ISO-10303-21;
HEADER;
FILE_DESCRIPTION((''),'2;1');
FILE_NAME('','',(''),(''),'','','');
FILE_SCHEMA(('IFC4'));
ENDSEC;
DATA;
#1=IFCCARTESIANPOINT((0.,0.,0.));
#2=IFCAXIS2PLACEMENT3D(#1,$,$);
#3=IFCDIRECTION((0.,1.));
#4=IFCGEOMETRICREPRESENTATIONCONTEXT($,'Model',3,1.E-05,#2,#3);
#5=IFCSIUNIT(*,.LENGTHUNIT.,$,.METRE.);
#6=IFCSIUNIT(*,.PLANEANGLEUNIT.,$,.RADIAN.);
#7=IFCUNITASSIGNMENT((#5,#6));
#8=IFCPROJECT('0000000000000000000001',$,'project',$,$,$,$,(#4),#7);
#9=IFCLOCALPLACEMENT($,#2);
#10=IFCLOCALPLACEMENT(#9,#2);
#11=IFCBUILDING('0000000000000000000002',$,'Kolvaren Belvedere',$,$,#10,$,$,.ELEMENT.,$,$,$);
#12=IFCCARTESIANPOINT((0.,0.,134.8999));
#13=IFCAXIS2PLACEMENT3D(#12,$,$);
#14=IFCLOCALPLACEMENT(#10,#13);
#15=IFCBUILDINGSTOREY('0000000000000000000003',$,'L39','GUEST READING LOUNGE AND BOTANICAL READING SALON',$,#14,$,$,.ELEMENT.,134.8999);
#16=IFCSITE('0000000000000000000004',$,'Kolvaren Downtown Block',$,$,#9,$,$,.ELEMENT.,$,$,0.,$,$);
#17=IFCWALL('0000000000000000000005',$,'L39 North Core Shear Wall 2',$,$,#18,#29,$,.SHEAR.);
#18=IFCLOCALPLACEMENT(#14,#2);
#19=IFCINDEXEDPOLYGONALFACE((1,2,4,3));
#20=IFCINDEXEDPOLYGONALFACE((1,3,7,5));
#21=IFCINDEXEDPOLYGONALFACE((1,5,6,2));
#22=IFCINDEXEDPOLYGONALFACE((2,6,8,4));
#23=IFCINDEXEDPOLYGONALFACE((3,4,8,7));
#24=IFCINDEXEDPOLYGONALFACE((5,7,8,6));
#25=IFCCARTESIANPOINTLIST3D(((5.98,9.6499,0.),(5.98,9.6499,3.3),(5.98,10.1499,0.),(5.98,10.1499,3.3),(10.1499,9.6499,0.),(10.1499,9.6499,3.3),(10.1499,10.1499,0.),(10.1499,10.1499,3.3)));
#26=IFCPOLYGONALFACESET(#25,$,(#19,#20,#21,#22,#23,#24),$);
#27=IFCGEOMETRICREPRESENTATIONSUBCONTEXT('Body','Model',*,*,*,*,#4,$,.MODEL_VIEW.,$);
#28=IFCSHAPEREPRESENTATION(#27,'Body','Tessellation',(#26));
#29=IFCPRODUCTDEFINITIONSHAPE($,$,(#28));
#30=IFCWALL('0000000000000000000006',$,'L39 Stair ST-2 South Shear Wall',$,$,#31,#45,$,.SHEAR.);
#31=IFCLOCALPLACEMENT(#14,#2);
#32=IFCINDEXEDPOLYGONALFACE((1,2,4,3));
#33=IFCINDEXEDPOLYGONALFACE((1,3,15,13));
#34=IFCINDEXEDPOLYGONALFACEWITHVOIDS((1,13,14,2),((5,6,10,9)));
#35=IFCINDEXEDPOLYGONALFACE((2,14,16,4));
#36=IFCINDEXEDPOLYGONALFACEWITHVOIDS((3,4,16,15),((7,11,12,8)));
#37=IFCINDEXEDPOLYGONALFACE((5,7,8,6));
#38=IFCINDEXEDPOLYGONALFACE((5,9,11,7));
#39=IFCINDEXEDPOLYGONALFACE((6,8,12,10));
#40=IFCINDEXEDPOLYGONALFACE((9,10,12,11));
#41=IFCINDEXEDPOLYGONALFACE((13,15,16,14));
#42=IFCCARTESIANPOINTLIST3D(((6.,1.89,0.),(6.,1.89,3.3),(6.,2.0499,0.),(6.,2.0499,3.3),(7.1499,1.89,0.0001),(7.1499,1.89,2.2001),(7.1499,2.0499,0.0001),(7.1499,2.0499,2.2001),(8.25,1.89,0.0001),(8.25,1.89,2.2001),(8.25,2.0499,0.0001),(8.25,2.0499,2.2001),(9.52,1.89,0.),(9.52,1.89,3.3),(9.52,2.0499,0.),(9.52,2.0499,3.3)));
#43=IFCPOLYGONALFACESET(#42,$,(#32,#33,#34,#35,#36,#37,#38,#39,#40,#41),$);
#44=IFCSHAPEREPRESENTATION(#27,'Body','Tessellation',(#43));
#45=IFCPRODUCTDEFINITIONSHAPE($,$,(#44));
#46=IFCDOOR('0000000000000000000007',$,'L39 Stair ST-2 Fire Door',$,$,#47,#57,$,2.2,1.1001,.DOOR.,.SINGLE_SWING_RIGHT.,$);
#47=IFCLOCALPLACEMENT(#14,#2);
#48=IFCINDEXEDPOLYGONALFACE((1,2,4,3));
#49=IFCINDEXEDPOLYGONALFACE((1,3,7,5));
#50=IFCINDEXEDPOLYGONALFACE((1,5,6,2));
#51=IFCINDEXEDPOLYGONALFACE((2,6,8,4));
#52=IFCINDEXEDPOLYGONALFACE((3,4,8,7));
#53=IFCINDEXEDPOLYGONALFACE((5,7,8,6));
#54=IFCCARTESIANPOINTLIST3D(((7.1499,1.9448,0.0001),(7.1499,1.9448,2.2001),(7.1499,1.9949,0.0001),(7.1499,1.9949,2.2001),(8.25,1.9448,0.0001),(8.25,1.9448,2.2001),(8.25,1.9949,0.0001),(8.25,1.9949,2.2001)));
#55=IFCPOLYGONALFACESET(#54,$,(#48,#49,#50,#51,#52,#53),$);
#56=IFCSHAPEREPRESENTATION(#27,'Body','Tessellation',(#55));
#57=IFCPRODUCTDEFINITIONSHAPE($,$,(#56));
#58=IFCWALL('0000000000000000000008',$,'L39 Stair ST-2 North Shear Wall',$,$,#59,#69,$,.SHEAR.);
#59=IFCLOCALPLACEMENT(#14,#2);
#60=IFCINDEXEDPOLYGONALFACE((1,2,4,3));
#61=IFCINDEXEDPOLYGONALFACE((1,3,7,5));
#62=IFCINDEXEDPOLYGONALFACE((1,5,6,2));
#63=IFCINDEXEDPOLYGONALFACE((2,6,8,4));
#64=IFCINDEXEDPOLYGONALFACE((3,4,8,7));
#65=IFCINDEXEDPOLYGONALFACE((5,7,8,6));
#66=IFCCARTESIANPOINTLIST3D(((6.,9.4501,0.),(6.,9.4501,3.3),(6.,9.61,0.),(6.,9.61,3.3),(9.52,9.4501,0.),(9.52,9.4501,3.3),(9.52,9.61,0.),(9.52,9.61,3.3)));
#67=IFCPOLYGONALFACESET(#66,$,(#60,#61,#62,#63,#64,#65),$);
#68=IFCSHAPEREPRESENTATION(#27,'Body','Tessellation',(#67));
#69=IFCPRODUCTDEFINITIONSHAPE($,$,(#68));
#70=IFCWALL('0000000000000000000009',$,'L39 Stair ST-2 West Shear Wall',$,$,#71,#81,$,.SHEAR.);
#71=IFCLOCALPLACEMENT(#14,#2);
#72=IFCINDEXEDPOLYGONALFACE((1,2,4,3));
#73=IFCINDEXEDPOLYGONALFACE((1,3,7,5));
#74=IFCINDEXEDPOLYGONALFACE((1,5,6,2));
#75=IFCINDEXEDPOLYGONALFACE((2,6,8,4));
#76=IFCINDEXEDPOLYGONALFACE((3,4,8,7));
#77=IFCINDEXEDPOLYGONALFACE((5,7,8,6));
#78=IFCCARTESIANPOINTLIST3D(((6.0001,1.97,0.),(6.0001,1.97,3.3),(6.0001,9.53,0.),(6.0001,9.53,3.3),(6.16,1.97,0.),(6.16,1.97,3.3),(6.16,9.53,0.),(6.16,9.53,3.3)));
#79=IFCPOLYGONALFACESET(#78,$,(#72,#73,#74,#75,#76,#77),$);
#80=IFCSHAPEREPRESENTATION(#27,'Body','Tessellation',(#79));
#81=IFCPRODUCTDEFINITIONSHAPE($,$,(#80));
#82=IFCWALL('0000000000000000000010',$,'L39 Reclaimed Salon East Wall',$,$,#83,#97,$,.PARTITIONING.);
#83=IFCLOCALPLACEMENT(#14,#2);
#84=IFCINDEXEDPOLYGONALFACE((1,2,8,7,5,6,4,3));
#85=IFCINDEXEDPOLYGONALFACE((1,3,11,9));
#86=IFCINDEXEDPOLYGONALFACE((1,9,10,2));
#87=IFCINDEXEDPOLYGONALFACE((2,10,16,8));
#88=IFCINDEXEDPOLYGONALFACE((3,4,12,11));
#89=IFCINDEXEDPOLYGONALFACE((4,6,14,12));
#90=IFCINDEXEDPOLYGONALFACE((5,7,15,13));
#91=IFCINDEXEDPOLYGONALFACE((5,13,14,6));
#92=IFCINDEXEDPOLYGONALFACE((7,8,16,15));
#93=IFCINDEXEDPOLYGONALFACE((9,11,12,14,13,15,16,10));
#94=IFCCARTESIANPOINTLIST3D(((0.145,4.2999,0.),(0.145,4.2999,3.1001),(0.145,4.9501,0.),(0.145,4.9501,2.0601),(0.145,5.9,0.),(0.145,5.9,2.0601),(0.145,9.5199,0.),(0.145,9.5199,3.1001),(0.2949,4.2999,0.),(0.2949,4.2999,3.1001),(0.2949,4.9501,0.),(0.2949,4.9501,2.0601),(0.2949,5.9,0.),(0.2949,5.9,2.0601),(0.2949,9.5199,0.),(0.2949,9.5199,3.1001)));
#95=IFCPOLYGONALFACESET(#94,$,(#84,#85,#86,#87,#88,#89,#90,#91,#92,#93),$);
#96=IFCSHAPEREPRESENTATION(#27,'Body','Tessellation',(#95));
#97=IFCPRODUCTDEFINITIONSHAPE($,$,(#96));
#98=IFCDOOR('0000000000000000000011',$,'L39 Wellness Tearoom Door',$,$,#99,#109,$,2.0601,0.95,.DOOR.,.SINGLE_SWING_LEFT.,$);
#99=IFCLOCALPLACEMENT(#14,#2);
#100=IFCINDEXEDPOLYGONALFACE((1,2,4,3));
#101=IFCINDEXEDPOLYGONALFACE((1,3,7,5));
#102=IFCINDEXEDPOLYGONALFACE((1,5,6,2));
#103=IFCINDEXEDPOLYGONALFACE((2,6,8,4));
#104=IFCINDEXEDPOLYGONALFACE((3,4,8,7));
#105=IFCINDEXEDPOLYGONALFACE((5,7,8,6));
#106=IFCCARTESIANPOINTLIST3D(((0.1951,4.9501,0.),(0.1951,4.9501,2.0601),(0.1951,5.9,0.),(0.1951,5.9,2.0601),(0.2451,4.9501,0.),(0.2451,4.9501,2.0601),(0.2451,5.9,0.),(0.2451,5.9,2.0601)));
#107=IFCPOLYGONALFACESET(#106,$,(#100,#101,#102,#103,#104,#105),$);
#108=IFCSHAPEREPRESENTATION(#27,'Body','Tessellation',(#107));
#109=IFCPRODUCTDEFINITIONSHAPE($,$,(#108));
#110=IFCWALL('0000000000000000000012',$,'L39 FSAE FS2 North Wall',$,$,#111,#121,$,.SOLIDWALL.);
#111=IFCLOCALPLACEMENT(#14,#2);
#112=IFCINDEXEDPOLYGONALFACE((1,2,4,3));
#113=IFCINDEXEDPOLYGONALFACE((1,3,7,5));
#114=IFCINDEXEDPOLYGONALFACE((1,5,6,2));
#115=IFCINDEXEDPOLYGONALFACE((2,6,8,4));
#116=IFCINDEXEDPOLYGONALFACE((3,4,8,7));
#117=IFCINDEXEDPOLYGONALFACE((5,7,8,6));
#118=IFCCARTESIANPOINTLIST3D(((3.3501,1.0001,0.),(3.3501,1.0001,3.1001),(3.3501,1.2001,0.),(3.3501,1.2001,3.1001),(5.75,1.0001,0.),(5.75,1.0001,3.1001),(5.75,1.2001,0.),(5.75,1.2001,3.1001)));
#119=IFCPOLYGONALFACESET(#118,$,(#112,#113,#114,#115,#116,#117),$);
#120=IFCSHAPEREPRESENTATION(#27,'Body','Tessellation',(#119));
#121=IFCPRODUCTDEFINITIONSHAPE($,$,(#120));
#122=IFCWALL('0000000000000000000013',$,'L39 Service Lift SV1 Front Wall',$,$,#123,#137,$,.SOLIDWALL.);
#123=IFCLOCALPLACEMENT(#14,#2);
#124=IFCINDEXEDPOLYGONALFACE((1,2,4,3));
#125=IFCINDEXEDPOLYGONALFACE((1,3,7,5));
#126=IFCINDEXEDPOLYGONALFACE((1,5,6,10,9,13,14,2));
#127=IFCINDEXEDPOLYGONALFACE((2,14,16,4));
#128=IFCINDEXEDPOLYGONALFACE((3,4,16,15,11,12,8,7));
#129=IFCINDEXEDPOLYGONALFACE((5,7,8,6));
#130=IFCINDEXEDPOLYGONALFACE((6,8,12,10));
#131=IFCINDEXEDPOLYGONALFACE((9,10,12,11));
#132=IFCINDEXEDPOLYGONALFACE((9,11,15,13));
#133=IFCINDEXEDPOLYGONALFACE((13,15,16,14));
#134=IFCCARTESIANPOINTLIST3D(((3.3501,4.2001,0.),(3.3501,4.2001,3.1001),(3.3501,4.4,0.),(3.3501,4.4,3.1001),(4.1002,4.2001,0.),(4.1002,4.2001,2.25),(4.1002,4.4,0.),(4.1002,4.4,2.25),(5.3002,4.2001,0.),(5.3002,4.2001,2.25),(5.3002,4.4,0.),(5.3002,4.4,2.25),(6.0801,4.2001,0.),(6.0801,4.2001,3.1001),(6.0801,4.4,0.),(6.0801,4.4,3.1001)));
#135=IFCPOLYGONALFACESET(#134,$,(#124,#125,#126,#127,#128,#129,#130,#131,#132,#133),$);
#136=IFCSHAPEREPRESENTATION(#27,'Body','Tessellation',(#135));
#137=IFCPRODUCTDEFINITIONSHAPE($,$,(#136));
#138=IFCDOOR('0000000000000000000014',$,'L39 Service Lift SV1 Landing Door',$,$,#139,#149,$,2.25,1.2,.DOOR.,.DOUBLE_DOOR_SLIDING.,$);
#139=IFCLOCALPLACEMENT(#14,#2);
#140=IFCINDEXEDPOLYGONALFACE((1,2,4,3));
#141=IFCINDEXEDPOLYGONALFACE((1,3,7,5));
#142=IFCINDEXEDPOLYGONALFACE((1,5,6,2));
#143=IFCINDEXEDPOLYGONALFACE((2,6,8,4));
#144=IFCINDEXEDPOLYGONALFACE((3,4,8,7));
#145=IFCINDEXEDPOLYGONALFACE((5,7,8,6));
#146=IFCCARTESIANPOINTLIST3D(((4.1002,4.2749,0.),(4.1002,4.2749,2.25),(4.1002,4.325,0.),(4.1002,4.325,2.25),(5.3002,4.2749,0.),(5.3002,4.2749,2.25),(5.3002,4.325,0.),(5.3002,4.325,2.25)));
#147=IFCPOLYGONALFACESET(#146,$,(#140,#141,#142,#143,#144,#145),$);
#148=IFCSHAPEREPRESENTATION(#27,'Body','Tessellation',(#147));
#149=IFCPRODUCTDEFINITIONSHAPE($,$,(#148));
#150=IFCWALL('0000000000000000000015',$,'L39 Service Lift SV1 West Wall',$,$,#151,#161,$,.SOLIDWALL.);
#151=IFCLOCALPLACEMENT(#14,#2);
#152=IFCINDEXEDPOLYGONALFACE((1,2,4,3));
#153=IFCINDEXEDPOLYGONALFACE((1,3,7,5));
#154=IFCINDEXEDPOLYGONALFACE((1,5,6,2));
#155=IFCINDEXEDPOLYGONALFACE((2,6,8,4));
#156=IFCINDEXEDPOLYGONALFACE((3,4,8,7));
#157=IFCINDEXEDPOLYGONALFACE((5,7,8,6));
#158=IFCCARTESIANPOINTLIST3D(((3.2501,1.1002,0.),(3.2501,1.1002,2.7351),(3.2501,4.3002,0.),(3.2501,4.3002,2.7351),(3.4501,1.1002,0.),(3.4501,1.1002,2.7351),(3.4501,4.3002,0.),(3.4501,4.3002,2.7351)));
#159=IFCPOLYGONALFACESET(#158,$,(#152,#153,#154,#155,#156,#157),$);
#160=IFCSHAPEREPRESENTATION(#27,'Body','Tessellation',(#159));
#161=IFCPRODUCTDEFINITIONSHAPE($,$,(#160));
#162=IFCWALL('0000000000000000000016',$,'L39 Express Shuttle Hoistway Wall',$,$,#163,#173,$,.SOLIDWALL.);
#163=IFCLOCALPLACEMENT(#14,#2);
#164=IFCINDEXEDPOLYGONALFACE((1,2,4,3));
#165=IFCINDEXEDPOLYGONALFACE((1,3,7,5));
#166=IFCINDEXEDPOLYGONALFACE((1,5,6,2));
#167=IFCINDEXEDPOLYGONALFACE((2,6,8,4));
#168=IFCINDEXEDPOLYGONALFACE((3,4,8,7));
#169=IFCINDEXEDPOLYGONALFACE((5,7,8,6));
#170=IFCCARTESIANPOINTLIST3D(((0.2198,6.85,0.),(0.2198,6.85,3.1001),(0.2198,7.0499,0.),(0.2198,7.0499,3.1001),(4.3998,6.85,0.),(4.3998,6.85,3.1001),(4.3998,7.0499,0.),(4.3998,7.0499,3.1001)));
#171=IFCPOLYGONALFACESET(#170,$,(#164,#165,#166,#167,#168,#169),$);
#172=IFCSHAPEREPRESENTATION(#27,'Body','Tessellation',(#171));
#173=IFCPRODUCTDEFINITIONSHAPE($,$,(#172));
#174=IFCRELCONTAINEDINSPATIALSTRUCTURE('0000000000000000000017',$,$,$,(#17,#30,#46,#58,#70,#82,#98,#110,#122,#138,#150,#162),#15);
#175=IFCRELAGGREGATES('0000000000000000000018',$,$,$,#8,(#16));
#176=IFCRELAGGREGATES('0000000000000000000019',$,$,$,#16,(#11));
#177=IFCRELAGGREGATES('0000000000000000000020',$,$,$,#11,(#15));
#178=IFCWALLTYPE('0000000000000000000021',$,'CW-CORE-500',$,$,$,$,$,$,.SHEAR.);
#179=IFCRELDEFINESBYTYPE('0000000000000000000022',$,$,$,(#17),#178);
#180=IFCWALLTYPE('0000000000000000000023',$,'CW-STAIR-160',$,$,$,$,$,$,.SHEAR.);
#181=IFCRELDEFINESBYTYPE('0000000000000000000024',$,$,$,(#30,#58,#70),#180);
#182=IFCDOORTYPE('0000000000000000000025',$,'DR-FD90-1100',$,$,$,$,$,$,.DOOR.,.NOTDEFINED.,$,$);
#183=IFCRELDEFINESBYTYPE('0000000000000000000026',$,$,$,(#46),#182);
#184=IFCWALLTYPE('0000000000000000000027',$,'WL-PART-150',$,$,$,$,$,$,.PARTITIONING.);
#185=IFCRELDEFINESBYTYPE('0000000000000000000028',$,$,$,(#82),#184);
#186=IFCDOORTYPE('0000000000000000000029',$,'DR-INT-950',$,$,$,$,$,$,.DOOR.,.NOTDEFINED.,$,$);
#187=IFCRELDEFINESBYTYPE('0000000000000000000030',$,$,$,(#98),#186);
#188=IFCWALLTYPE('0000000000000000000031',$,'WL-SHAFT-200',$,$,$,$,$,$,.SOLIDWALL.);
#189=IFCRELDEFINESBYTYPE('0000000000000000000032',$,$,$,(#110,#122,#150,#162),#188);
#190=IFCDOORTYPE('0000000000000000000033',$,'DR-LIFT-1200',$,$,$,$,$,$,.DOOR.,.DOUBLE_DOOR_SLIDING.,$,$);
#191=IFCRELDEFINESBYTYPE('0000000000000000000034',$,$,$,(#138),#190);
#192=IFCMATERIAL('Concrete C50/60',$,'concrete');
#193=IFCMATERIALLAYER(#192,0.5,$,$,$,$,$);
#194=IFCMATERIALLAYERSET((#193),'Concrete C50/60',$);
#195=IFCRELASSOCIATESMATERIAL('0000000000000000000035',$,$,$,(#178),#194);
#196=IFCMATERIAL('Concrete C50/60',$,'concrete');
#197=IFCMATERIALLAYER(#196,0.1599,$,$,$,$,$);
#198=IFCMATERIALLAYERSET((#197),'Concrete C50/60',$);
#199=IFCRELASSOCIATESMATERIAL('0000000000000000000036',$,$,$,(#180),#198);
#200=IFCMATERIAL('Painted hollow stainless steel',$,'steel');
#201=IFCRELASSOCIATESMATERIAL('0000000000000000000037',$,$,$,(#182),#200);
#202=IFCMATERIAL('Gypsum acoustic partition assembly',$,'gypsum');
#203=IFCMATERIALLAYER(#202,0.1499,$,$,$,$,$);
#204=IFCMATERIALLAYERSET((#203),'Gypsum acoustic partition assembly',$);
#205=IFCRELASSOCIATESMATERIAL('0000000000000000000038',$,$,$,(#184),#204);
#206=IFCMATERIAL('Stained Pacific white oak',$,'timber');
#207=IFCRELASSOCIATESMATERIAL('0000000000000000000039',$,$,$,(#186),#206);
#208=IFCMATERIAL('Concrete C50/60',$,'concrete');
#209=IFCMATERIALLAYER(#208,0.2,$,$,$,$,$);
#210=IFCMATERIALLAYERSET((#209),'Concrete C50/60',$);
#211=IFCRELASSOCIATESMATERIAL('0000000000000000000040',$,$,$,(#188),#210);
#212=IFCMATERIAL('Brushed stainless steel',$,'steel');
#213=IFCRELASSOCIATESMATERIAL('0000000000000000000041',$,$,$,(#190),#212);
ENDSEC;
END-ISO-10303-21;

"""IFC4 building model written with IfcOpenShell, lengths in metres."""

from ifc_helpers import new_model, si_unit, direction, frame, frame_2d, origin, place, context, subcontext, project, spatial, rectangle, extrude, material, layer, layer_set, type_object, element, fill, save


model = new_model("IFC4")

# Units and contexts
model_context = context("Model", 3, precision=1e-05, world=origin(), true_north=direction((0.0, 1.0)))
body_context = subcontext(model_context, "Body", "Model", "MODEL_VIEW")
ifc_project = project(units=[si_unit("LENGTHUNIT", "METRE"), si_unit("PLANEANGLEUNIT", "RADIAN")], contexts=[model_context])

# Site, building, storey
site_placement = place(None, origin())
site = spatial("IfcSite", under=ifc_project, at=site_placement, Name="Kolvaren Downtown Block", CompositionType="ELEMENT", RefElevation=0.0)
building_placement = place(site_placement, origin())
building = spatial("IfcBuilding", under=site, at=building_placement, Name="Kolvaren Belvedere", CompositionType="ELEMENT")
storey_placement = place(building_placement, frame((0.0, 0.0, 134.8999)))
storey = spatial("IfcBuildingStorey", under=building, at=storey_placement, Name="L39", Description="GUEST READING LOUNGE AND BOTANICAL READING SALON", CompositionType="ELEMENT", Elevation=134.8999)

# Wall
ifc_material_1 = material(Name="Concrete C50/60", Category="concrete")
ifc_layer_1 = layer(ifc_material_1, 0.5)
ifc_layer_set_1 = layer_set([ifc_layer_1], Name="Concrete C50/60")
wall_type_1 = type_object("IfcWallType", Name="CW-CORE-500", PredefinedType="SHEAR", material=ifc_layer_set_1)
wall_1_placement = place(storey_placement, frame((5.98, 9.8999, 0.0), z_axis=(0.0, 0.0, 1.0), x_axis=(1.0, 0.0, 0.0)))
element("IfcWall", 1, at=wall_1_placement, inside=storey, type_object=wall_type_1, Name="L39 North Core Shear Wall 2", PredefinedType="SHEAR", context=body_context, shape_type="SweptSolid", body=[
    extrude(rectangle(XDim=4.1699, YDim=0.5, at=frame_2d((2.085, 0.0))), origin(), (0.0, 0.0, 1.0), 3.3),
])

# Wall, opening, door
ifc_material_2 = material(Name="Concrete C50/60", Category="concrete")
ifc_layer_2 = layer(ifc_material_2, 0.1599)
ifc_layer_set_2 = layer_set([ifc_layer_2], Name="Concrete C50/60")
wall_type_2 = type_object("IfcWallType", Name="CW-STAIR-160", PredefinedType="SHEAR", material=ifc_layer_set_2)
wall_2_placement = place(storey_placement, frame((6.0, 1.97, 0.0), z_axis=(0.0, 0.0, 1.0), x_axis=(1.0, 0.0, 0.0)))
wall_2 = element("IfcWall", 2, at=wall_2_placement, inside=storey, type_object=wall_type_2, Name="L39 Stair ST-2 South Shear Wall", PredefinedType="SHEAR", context=body_context, shape_type="SweptSolid", body=[
    extrude(rectangle(XDim=3.52, YDim=0.1599, at=frame_2d((1.76, 0.0))), origin(), (0.0, 0.0, 1.0), 3.3),
])
opening_1_placement = place(wall_2_placement, frame((1.1499, 0.0, 0.0)))
opening_1 = element("IfcOpeningElement", 3, at=opening_1_placement, cuts=wall_2, PredefinedType="OPENING", context=body_context, shape_type="SweptSolid", body=[
    extrude(rectangle(XDim=1.1001, YDim=2.2, at=frame_2d((0.55, 1.1001))), frame((0.0, 0.0898, 0.0), z_axis=(0.0, -1.0, 0.0), x_axis=(1.0, 0.0, 0.0)), (0.0, 0.0, 1.0), 0.1799),
])
ifc_material_3 = material(Name="Painted hollow stainless steel", Category="steel")
door_type_1 = type_object("IfcDoorType", Name="DR-FD90-1100", OperationType="NOTDEFINED", PredefinedType="DOOR", material=ifc_material_3)
door_1_placement = place(opening_1_placement, origin())
door_1 = element("IfcDoor", 4, at=door_1_placement, inside=storey, type_object=door_type_1, Name="L39 Stair ST-2 Fire Door", OperationType="SINGLE_SWING_RIGHT", OverallHeight=2.2, OverallWidth=1.1001, PredefinedType="DOOR", context=body_context, shape_type="SweptSolid", body=[
    extrude(rectangle(XDim=1.1001, YDim=2.2, at=frame_2d((0.55, 1.1001))), frame((0.0, 0.0249, 0.0), z_axis=(0.0, -1.0, 0.0), x_axis=(1.0, 0.0, 0.0)), (0.0, 0.0, 1.0), 0.05),
])
fill(opening_1, door_1)

# Walls
wall_3_placement = place(storey_placement, frame((6.0, 9.53, 0.0), z_axis=(0.0, 0.0, 1.0), x_axis=(1.0, 0.0, 0.0)))
element("IfcWall", 5, at=wall_3_placement, inside=storey, type_object=wall_type_2, Name="L39 Stair ST-2 North Shear Wall", PredefinedType="SHEAR", context=body_context, shape_type="SweptSolid", body=[
    extrude(rectangle(XDim=3.52, YDim=0.1599, at=frame_2d((1.76, 0.0))), origin(), (0.0, 0.0, 1.0), 3.3),
])
wall_4_placement = place(storey_placement, frame((6.0801, 1.97, 0.0), z_axis=(0.0, 0.0, 1.0), x_axis=(0.0, 1.0, 0.0)))
element("IfcWall", 6, at=wall_4_placement, inside=storey, type_object=wall_type_2, Name="L39 Stair ST-2 West Shear Wall", PredefinedType="SHEAR", context=body_context, shape_type="SweptSolid", body=[
    extrude(rectangle(XDim=7.5601, YDim=0.1599, at=frame_2d((3.78, 0.0))), origin(), (0.0, 0.0, 1.0), 3.3),
])

# Wall, opening, door
ifc_material_4 = material(Name="Gypsum acoustic partition assembly", Category="gypsum")
ifc_layer_3 = layer(ifc_material_4, 0.1499)
ifc_layer_set_3 = layer_set([ifc_layer_3], Name="Gypsum acoustic partition assembly")
wall_type_3 = type_object("IfcWallType", Name="WL-PART-150", PredefinedType="PARTITIONING", material=ifc_layer_set_3)
wall_5_placement = place(storey_placement, frame((0.22, 4.3, 0.0), z_axis=(0.0, 0.0, 1.0), x_axis=(0.0, 1.0, 0.0)))
wall_5 = element("IfcWall", 7, at=wall_5_placement, inside=storey, type_object=wall_type_3, Name="L39 Reclaimed Salon East Wall", PredefinedType="PARTITIONING", context=body_context, shape_type="SweptSolid", body=[
    extrude(rectangle(XDim=5.22, YDim=0.1499, at=frame_2d((2.6099, 0.0))), origin(), (0.0, 0.0, 1.0), 3.1001),
])
opening_2_placement = place(wall_5_placement, frame((0.6499, 0.0, 0.0)))
opening_2 = element("IfcOpeningElement", 8, at=opening_2_placement, cuts=wall_5, PredefinedType="OPENING", context=body_context, shape_type="SweptSolid", body=[
    extrude(rectangle(XDim=0.95, YDim=2.0601, at=frame_2d((0.4751, 1.03))), frame((0.0, 0.085, 0.0), z_axis=(0.0, -1.0, 0.0), x_axis=(1.0, 0.0, 0.0)), (0.0, 0.0, 1.0), 0.1699),
])
ifc_material_5 = material(Name="Stained Pacific white oak", Category="timber")
door_type_2 = type_object("IfcDoorType", Name="DR-INT-950", OperationType="NOTDEFINED", PredefinedType="DOOR", material=ifc_material_5)
door_2_placement = place(opening_2_placement, origin())
door_2 = element("IfcDoor", 9, at=door_2_placement, inside=storey, type_object=door_type_2, Name="L39 Wellness Tearoom Door", OperationType="SINGLE_SWING_LEFT", OverallHeight=2.0601, OverallWidth=0.95, PredefinedType="DOOR", context=body_context, shape_type="SweptSolid", body=[
    extrude(rectangle(XDim=0.95, YDim=2.0601, at=frame_2d((0.4751, 1.03))), frame((0.0, 0.0249, 0.0), z_axis=(0.0, -1.0, 0.0), x_axis=(1.0, 0.0, 0.0)), (0.0, 0.0, 1.0), 0.05),
])
fill(opening_2, door_2)

# Wall
ifc_material_6 = material(Name="Concrete C50/60", Category="concrete")
ifc_layer_4 = layer(ifc_material_6, 0.2)
ifc_layer_set_4 = layer_set([ifc_layer_4], Name="Concrete C50/60")
wall_type_4 = type_object("IfcWallType", Name="WL-SHAFT-200", PredefinedType="SOLIDWALL", material=ifc_layer_set_4)
wall_6_placement = place(storey_placement, frame((3.3501, 1.1001, 0.0), z_axis=(0.0, 0.0, 1.0), x_axis=(1.0, 0.0, 0.0)))
element("IfcWall", 10, at=wall_6_placement, inside=storey, type_object=wall_type_4, Name="L39 FSAE FS2 North Wall", PredefinedType="SOLIDWALL", context=body_context, shape_type="SweptSolid", body=[
    extrude(rectangle(XDim=2.3999, YDim=0.2, at=frame_2d((1.2, 0.0))), origin(), (0.0, 0.0, 1.0), 3.1001),
])

# Wall, opening, door
wall_7_placement = place(storey_placement, frame((3.3501, 4.3, 0.0), z_axis=(0.0, 0.0, 1.0), x_axis=(1.0, 0.0, 0.0)))
wall_7 = element("IfcWall", 11, at=wall_7_placement, inside=storey, type_object=wall_type_4, Name="L39 Service Lift SV1 Front Wall", PredefinedType="SOLIDWALL", context=body_context, shape_type="SweptSolid", body=[
    extrude(rectangle(XDim=2.73, YDim=0.2, at=frame_2d((1.365, 0.0))), origin(), (0.0, 0.0, 1.0), 3.1001),
])
opening_3_placement = place(wall_7_placement, frame((0.75, 0.0, 0.0)))
opening_3 = element("IfcOpeningElement", 12, at=opening_3_placement, cuts=wall_7, PredefinedType="OPENING", context=body_context, shape_type="SweptSolid", body=[
    extrude(rectangle(XDim=1.2, YDim=2.25, at=frame_2d((0.6001, 1.125))), frame((0.0, 0.1099, 0.0), z_axis=(0.0, -1.0, 0.0), x_axis=(1.0, 0.0, 0.0)), (0.0, 0.0, 1.0), 0.22),
])
ifc_material_7 = material(Name="Brushed stainless steel", Category="steel")
door_type_3 = type_object("IfcDoorType", Name="DR-LIFT-1200", OperationType="DOUBLE_DOOR_SLIDING", PredefinedType="DOOR", material=ifc_material_7)
door_3_placement = place(opening_3_placement, origin())
door_3 = element("IfcDoor", 13, at=door_3_placement, inside=storey, type_object=door_type_3, Name="L39 Service Lift SV1 Landing Door", OperationType="DOUBLE_DOOR_SLIDING", OverallHeight=2.25, OverallWidth=1.2, PredefinedType="DOOR", context=body_context, shape_type="SweptSolid", body=[
    extrude(rectangle(XDim=1.2, YDim=2.25, at=frame_2d((0.6001, 1.125))), frame((0.0, 0.0249, 0.0), z_axis=(0.0, -1.0, 0.0), x_axis=(1.0, 0.0, 0.0)), (0.0, 0.0, 1.0), 0.05),
])
fill(opening_3, door_3)

# Walls
wall_8_placement = place(storey_placement, frame((3.3501, 1.1001, 0.0), z_axis=(0.0, 0.0, 1.0), x_axis=(0.0, 1.0, 0.0)))
element("IfcWall", 14, at=wall_8_placement, inside=storey, type_object=wall_type_4, Name="L39 Service Lift SV1 West Wall", PredefinedType="SOLIDWALL", context=body_context, shape_type="SweptSolid", body=[
    extrude(rectangle(XDim=3.2, YDim=0.2, at=frame_2d((1.6001, 0.0))), origin(), (0.0, 0.0, 1.0), 2.7351),
])
wall_9_placement = place(storey_placement, frame((0.22, 6.95, 0.0), z_axis=(0.0, 0.0, 1.0), x_axis=(1.0, 0.0, 0.0)))
element("IfcWall", 15, at=wall_9_placement, inside=storey, type_object=wall_type_4, Name="L39 Express Shuttle Hoistway Wall", PredefinedType="SOLIDWALL", context=body_context, shape_type="SweptSolid", body=[
    extrude(rectangle(XDim=4.1799, YDim=0.2, at=frame_2d((2.0898, 0.0))), origin(), (0.0, 0.0, 1.0), 3.1001),
])

save(model, "model.ifc")
